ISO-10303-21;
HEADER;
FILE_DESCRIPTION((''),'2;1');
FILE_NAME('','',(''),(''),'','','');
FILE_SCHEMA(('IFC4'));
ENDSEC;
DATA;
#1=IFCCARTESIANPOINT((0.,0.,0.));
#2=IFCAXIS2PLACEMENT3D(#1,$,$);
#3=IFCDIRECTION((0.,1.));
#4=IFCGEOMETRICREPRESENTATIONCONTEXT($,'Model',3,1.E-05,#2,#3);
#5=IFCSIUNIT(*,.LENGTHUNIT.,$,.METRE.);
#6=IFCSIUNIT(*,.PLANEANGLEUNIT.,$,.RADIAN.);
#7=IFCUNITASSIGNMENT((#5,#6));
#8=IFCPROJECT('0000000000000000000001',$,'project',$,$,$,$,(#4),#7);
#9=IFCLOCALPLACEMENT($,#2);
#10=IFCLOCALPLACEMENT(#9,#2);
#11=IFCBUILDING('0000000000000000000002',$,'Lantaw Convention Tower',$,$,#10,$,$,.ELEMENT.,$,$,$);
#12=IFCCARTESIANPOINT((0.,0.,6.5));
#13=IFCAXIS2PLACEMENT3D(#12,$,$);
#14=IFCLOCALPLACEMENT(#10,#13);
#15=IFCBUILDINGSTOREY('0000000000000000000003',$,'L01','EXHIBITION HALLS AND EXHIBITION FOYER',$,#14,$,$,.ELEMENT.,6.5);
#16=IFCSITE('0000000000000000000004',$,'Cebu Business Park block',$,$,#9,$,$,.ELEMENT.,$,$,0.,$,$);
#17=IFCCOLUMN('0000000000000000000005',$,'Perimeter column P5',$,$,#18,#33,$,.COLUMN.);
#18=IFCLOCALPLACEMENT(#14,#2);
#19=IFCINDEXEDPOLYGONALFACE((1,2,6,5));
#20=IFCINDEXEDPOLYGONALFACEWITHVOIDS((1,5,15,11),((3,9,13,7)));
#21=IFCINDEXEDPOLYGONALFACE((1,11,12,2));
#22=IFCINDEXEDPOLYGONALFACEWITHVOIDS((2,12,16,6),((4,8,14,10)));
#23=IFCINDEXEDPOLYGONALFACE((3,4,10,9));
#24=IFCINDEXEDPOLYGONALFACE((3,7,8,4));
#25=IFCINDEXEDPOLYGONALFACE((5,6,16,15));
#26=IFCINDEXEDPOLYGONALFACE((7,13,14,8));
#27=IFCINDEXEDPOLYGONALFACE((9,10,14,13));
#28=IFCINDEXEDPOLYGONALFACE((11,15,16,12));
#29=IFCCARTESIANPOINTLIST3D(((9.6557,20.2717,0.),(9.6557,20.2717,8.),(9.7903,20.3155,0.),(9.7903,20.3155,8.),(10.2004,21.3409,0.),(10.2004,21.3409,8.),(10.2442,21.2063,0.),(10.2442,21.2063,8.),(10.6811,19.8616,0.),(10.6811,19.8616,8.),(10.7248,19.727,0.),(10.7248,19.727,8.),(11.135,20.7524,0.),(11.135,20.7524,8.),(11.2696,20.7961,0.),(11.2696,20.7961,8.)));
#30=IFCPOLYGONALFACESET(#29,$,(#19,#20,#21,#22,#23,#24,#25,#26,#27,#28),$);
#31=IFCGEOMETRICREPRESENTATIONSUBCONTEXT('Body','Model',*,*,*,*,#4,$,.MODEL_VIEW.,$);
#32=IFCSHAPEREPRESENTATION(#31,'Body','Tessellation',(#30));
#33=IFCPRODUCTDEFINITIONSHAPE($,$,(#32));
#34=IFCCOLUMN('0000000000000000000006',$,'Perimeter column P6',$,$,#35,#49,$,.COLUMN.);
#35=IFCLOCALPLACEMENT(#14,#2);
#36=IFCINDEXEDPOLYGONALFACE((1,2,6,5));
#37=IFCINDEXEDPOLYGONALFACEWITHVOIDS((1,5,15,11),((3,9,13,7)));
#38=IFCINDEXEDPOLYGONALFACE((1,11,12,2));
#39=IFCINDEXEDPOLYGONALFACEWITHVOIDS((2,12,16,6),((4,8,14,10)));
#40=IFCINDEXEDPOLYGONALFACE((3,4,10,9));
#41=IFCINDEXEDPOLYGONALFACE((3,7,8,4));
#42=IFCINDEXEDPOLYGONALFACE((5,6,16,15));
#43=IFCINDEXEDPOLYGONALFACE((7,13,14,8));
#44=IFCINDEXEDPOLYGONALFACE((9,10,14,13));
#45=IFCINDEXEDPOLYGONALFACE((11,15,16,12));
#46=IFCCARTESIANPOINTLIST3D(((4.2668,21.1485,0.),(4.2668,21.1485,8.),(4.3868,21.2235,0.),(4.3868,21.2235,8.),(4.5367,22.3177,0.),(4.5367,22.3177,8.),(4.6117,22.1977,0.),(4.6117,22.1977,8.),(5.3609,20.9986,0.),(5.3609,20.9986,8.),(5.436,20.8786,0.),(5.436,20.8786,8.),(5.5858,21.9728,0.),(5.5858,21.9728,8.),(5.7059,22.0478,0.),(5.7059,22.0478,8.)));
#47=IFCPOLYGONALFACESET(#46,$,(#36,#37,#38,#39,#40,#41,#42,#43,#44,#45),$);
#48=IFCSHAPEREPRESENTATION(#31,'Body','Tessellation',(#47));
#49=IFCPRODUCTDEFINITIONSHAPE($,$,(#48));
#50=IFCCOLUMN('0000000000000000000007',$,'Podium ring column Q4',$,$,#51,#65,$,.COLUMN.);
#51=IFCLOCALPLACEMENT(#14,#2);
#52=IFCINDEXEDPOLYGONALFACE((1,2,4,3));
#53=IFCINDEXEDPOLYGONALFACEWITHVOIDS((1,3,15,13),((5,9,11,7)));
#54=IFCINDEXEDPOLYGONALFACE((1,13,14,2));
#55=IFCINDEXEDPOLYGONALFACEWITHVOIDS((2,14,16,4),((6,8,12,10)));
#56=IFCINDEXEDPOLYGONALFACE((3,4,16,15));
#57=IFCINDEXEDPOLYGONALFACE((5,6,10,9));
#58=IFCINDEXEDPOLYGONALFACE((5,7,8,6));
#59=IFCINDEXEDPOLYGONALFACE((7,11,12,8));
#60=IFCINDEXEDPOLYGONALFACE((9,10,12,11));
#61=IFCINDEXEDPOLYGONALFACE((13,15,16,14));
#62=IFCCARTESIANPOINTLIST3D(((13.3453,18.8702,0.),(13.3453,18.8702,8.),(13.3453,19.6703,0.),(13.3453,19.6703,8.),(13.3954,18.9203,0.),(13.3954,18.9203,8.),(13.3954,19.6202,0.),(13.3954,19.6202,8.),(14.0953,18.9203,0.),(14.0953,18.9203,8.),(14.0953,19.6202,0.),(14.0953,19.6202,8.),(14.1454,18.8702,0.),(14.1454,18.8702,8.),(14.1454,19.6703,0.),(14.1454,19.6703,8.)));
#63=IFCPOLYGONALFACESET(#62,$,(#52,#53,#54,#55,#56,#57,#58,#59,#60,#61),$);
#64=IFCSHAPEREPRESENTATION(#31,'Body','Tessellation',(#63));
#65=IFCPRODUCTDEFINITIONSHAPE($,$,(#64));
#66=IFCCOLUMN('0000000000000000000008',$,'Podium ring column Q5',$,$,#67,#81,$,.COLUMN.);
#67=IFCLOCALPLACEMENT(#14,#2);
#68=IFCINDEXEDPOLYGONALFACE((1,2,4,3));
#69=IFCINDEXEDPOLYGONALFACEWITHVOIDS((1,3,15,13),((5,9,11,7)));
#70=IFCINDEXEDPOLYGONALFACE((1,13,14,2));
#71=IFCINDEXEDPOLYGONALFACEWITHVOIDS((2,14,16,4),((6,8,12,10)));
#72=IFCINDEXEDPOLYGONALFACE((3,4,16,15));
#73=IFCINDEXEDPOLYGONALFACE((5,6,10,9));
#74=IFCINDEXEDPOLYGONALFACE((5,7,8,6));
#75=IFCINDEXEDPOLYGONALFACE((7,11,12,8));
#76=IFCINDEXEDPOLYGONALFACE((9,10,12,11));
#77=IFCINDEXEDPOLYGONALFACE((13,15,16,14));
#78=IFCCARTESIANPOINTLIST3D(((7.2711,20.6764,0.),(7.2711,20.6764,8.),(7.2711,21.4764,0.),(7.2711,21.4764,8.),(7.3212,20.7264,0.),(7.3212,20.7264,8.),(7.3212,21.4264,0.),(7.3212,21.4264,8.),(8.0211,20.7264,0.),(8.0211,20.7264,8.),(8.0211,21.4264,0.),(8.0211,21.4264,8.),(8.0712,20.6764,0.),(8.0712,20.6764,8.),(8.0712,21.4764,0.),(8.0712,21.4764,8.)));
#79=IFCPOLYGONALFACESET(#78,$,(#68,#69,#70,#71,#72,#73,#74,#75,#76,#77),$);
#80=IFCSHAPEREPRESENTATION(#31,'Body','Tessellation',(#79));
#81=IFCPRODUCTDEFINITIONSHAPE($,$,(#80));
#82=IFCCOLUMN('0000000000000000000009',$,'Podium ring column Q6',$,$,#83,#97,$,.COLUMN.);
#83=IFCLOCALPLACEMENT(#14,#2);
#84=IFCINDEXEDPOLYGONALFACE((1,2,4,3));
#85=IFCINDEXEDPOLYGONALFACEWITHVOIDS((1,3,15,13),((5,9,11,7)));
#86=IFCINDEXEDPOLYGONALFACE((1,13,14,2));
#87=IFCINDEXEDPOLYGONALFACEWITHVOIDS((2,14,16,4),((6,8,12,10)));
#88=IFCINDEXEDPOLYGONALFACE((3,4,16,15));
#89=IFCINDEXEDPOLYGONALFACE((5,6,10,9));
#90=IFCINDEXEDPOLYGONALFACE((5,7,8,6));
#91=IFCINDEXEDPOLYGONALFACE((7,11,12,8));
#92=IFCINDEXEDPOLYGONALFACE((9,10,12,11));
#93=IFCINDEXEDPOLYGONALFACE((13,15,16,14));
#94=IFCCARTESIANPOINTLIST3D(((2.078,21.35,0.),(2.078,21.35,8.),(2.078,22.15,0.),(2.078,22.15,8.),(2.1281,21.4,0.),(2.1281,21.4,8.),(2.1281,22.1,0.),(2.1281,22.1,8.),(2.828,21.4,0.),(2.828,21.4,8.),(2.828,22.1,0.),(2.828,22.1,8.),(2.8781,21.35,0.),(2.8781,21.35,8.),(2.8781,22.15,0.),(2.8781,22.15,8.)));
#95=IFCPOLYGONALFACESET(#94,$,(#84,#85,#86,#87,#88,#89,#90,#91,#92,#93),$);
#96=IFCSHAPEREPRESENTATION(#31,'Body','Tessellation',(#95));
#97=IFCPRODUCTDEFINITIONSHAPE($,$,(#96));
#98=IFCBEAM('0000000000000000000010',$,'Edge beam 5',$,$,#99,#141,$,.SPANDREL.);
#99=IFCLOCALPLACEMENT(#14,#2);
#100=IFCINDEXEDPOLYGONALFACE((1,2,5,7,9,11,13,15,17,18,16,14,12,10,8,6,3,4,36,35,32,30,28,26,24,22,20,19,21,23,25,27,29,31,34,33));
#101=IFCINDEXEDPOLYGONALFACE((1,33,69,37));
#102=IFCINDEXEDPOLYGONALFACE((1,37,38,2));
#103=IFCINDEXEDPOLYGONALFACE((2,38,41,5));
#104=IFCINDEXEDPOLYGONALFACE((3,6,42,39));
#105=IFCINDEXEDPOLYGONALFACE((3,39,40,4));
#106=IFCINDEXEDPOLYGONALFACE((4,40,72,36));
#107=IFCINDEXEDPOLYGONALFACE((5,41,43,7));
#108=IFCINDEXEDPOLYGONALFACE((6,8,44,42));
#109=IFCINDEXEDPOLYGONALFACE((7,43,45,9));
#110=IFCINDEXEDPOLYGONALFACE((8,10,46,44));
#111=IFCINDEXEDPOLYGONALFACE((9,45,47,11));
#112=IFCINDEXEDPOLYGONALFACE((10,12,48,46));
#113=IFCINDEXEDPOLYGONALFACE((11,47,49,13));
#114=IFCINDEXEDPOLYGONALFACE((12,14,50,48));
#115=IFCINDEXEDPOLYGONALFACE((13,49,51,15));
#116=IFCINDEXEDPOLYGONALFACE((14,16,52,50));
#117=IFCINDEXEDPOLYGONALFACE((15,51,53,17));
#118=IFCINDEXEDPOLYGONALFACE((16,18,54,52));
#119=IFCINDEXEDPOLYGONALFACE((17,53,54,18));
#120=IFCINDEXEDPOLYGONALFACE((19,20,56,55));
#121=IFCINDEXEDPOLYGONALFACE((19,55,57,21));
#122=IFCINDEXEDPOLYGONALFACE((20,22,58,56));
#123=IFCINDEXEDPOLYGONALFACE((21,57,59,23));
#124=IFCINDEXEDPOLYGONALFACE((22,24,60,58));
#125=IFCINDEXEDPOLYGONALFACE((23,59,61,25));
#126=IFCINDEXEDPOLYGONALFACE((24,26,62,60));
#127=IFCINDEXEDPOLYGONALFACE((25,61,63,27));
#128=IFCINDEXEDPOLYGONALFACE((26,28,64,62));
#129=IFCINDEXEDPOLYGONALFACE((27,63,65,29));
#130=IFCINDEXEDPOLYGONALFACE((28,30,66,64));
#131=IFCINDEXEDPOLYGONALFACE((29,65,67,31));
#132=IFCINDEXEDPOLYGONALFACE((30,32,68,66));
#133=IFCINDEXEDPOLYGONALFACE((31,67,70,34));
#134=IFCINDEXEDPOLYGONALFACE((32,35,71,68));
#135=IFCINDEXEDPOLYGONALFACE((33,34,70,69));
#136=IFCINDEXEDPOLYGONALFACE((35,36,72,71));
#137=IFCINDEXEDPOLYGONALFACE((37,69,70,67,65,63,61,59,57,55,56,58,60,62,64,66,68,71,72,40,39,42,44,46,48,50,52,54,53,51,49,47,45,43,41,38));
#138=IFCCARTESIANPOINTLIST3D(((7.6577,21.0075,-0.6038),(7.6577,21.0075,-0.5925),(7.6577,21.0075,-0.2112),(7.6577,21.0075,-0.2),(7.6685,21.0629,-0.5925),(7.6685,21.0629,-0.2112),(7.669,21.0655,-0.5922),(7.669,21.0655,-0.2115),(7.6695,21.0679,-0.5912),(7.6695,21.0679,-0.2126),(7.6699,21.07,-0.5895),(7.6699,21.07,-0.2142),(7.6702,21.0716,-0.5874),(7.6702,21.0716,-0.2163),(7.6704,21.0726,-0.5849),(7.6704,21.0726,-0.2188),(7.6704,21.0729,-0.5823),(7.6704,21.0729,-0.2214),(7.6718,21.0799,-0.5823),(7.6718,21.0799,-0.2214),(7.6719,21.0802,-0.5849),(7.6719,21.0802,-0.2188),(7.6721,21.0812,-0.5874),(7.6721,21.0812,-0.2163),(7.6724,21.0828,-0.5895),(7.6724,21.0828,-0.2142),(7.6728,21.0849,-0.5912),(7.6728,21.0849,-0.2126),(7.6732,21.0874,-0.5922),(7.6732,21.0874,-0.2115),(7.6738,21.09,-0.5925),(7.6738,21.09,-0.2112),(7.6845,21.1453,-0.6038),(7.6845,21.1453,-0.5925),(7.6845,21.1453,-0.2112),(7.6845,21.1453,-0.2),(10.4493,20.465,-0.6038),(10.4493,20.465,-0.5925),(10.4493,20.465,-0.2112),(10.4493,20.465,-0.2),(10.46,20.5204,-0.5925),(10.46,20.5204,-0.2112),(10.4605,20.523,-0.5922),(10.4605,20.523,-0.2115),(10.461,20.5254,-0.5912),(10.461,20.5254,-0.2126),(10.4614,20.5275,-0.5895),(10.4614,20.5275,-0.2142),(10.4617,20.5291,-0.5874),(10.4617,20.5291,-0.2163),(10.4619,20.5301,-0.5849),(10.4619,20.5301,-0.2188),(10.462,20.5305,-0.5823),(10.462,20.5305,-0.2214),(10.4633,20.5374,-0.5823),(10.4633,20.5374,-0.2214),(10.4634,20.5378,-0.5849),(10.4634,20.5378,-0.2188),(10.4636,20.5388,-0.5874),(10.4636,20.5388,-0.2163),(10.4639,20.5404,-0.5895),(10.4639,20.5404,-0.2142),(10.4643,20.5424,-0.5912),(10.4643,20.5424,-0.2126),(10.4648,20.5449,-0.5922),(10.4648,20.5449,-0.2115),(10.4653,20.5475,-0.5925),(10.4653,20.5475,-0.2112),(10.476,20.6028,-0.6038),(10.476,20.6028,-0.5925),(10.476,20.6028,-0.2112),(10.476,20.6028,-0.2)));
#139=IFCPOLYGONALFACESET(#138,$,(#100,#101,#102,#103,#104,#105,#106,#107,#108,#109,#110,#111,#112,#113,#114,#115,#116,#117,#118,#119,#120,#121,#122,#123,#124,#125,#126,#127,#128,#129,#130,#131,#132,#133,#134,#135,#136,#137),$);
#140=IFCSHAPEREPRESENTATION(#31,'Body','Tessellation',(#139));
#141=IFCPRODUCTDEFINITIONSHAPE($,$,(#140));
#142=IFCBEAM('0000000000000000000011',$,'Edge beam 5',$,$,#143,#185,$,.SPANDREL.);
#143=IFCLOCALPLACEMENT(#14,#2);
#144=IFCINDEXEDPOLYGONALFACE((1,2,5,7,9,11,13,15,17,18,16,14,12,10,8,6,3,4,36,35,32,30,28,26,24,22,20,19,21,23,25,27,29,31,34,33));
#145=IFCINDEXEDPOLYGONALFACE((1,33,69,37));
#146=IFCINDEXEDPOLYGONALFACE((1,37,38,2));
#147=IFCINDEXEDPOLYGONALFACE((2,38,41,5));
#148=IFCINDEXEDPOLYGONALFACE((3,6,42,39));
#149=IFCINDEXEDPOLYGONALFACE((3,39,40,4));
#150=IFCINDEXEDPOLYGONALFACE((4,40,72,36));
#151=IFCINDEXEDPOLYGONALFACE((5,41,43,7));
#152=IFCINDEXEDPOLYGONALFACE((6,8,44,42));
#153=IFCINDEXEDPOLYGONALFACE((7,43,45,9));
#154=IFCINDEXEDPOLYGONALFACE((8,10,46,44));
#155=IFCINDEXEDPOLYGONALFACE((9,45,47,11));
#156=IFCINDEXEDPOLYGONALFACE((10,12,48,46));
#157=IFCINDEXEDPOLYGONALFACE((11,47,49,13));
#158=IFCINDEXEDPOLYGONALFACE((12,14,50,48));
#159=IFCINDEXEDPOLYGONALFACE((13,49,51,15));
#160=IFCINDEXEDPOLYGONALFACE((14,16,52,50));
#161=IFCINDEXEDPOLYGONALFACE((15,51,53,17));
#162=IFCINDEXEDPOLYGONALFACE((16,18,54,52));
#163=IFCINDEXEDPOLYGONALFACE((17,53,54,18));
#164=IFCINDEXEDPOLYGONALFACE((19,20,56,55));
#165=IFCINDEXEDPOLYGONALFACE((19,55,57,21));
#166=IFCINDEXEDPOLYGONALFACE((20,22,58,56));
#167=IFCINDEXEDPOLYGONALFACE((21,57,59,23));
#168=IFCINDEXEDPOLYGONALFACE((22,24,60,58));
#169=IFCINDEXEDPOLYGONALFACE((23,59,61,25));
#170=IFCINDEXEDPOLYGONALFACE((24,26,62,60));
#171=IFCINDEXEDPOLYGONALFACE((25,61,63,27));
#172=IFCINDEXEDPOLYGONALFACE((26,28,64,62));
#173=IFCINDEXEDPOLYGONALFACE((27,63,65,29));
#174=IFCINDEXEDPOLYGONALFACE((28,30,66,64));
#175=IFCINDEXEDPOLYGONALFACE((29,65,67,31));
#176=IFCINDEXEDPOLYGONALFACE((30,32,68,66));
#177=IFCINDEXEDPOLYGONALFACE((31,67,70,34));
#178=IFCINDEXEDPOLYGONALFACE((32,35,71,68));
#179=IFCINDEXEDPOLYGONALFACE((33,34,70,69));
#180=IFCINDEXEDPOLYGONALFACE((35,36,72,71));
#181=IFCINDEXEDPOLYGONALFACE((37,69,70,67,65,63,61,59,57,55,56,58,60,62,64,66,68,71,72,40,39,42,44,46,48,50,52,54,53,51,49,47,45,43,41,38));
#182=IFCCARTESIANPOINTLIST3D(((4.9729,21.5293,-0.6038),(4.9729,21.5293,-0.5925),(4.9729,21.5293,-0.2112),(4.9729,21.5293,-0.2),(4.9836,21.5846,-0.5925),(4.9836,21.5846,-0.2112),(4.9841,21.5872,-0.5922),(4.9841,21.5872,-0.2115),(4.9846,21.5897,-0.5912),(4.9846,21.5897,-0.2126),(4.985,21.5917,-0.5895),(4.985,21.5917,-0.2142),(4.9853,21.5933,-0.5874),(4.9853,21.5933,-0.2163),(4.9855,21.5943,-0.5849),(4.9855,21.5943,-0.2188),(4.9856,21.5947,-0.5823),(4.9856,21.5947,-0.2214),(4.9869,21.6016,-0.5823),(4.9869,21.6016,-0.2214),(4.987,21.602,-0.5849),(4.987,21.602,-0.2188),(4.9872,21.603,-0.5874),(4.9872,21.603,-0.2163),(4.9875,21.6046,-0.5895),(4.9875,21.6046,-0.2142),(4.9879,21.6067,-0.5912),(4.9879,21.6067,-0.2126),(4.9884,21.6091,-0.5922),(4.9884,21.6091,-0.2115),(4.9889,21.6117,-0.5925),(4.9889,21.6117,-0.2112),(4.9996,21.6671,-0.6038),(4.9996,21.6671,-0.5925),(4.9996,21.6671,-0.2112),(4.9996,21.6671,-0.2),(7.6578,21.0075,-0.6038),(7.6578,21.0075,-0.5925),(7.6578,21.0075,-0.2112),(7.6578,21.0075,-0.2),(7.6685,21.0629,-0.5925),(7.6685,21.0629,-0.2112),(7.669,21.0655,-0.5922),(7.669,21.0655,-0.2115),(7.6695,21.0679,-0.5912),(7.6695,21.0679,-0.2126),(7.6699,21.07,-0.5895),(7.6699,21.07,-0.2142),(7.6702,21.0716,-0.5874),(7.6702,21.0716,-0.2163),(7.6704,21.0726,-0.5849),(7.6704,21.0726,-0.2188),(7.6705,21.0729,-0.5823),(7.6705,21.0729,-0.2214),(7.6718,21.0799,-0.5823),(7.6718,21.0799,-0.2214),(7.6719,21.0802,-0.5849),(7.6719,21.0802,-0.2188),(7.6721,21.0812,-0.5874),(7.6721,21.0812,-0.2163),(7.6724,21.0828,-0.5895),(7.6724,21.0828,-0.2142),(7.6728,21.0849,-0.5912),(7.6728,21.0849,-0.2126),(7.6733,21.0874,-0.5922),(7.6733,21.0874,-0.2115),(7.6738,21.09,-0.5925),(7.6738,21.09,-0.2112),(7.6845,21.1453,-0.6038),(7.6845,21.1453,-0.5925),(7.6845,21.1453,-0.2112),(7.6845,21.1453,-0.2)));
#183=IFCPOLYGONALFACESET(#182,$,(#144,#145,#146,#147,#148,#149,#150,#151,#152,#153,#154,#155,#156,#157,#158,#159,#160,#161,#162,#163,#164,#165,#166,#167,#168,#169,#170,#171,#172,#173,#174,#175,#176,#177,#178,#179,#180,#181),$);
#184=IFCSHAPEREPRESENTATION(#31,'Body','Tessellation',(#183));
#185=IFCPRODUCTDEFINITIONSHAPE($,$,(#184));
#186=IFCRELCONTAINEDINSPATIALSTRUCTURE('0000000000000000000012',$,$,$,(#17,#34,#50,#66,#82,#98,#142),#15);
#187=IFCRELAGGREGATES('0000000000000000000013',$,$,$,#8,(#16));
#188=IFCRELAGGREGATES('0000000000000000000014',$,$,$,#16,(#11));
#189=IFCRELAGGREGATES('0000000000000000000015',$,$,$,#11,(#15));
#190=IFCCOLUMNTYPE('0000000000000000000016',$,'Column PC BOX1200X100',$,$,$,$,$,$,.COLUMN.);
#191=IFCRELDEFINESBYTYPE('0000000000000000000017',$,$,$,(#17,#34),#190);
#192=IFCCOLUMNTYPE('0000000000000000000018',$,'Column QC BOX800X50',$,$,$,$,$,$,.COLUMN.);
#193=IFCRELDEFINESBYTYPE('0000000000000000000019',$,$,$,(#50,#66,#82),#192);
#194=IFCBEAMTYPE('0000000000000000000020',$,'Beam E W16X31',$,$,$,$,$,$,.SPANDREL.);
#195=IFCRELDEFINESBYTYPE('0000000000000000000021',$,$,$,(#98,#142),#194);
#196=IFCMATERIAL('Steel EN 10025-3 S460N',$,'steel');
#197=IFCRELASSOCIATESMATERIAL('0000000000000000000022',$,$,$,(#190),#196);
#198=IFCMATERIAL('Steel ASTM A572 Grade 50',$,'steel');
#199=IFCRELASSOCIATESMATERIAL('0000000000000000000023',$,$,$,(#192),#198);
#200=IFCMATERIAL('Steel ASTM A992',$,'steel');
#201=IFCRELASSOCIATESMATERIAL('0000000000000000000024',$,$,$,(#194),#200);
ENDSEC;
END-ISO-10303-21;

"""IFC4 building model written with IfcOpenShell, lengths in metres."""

from ifc_helpers import new_model, si_unit, direction, frame, origin, origin_2d, place, context, subcontext, project, spatial, rectangle, hollow_rectangle, i_section, extrude, material, material_profile, profile_set, type_object, element, save


model = new_model("IFC4")

# Units and contexts
model_context = context("Model", 3, precision=1e-05, world=origin(), true_north=direction((0.0, 1.0)))
body_context = subcontext(model_context, "Body", "Model", "MODEL_VIEW")
ifc_project = project(units=[si_unit("LENGTHUNIT", "METRE"), si_unit("PLANEANGLEUNIT", "RADIAN")], contexts=[model_context])

# Site, building, storey
site_placement = place(None, origin())
site = spatial("IfcSite", under=ifc_project, at=site_placement, Name="Cebu Business Park block", CompositionType="ELEMENT", RefElevation=0.0)
building_placement = place(site_placement, origin())
building = spatial("IfcBuilding", under=site, at=building_placement, Name="Lantaw Convention Tower", CompositionType="ELEMENT")
storey_placement = place(building_placement, frame((0.0, 0.0, 6.5)))
storey = spatial("IfcBuildingStorey", under=building, at=storey_placement, Name="L01", Description="EXHIBITION HALLS AND EXHIBITION FOYER", CompositionType="ELEMENT", Elevation=6.5)

# Columns
ifc_material_1 = material(Name="Steel EN 10025-3 S460N", Category="steel")
ifc_material_profile_1 = material_profile(ifc_material_1, hollow_rectangle(XDim=1.2, YDim=1.2, WallThickness=0.1001, at=origin_2d()), Name="BOX1200X100")
ifc_material_2 = material(Name="Concrete C60/75", Category="concrete")
ifc_material_profile_2 = material_profile(ifc_material_2, rectangle(XDim=1.0, YDim=1.0, at=origin_2d()), Name="Concrete fill of BOX1200X100")
ifc_profile_set_1 = profile_set([ifc_material_profile_1, ifc_material_profile_2], Name="Steel EN 10025-3 S460N")
column_type_1 = type_object("IfcColumnType", Name="Column PC BOX1200X100", PredefinedType="COLUMN", material=ifc_profile_set_1)
for number, where, z_axis, x_axis, name in (
    (1, (10.4626, 20.5339, 0.0), (0.0, 0.0, 1.0), (0.45399, 0.891007, 0.0), "Perimeter column P5"),
    (2, (4.9863, 21.5981, 0.0), (0.0, 0.0, 1.0), (0.224951, 0.97437, 0.0), "Perimeter column P6"),
):
    element("IfcColumn", number, at=place(storey_placement, frame(where, z_axis=z_axis, x_axis=x_axis)), inside=storey, type_object=column_type_1, Name=name, PredefinedType="COLUMN", context=body_context, shape_type="SweptSolid", body=[
        extrude(hollow_rectangle(XDim=1.2, YDim=1.2, WallThickness=0.1001, at=origin_2d()), origin(), (0.0, 0.0, 1.0), 8.0),
    ])
ifc_material_3 = material(Name="Steel ASTM A572 Grade 50", Category="steel")
ifc_material_profile_3 = material_profile(ifc_material_3, hollow_rectangle(XDim=0.8, YDim=0.8, WallThickness=0.05, at=origin_2d()), Name="BOX800X50")
ifc_profile_set_2 = profile_set([ifc_material_profile_3], Name="Steel ASTM A572 Grade 50")
column_type_2 = type_object("IfcColumnType", Name="Column QC BOX800X50", PredefinedType="COLUMN", material=ifc_profile_set_2)
for number, where, z_axis, x_axis, name in (
    (3, (13.7454, 19.2703, 0.0), (0.0, 0.0, 1.0), (1.0, 0.0, 0.0), "Podium ring column Q4"),
    (4, (7.6711, 21.0764, 0.0), (0.0, 0.0, 1.0), (1.0, 0.0, 0.0), "Podium ring column Q5"),
    (5, (2.478, 21.75, 0.0), (0.0, 0.0, 1.0), (1.0, 0.0, 0.0), "Podium ring column Q6"),
):
    element("IfcColumn", number, at=place(storey_placement, frame(where, z_axis=z_axis, x_axis=x_axis)), inside=storey, type_object=column_type_2, Name=name, PredefinedType="COLUMN", context=body_context, shape_type="SweptSolid", body=[
        extrude(hollow_rectangle(XDim=0.8, YDim=0.8, WallThickness=0.05, at=origin_2d()), origin(), (0.0, 0.0, 1.0), 8.0),
    ])

# Beams
ifc_material_4 = material(Name="Steel ASTM A992", Category="steel")
ifc_material_profile_4 = material_profile(ifc_material_4, i_section(OverallWidth=0.1404, OverallDepth=0.4038, WebThickness=0.0071, FlangeThickness=0.0112, FilletRadius=0.0103, at=origin_2d()), Name="W16X31")
ifc_profile_set_3 = profile_set([ifc_material_profile_4], Name="Steel ASTM A992")
beam_type_1 = type_object("IfcBeamType", Name="Beam E W16X31", PredefinedType="SPANDREL", material=ifc_profile_set_3)
beam_1_placement = place(storey_placement, frame((10.4626, 20.5339, -0.4019), z_axis=(-0.981636, 0.190764, 0.0), x_axis=(-0.190764, -0.981636, 0.0)))
element("IfcBeam", 6, at=beam_1_placement, inside=storey, type_object=beam_type_1, Name="Edge beam 5", PredefinedType="SPANDREL", context=body_context, shape_type="SweptSolid", body=[
    extrude(i_section(OverallWidth=0.1404, OverallDepth=0.4038, WebThickness=0.0071, FlangeThickness=0.0112, FilletRadius=0.0103, at=origin_2d()), origin(), (0.0, 0.0, 1.0), 2.8438),
])
beam_2_placement = place(storey_placement, frame((7.6711, 21.0764, -0.4019), z_axis=(-0.981637, 0.190757, 0.0), x_axis=(-0.190757, -0.981637, 0.0)))
element("IfcBeam", 7, at=beam_2_placement, inside=storey, type_object=beam_type_1, Name="Edge beam 5", PredefinedType="SPANDREL", context=body_context, shape_type="SweptSolid", body=[
    extrude(i_section(OverallWidth=0.1404, OverallDepth=0.4038, WebThickness=0.0071, FlangeThickness=0.0112, FilletRadius=0.0103, at=origin_2d()), origin(), (0.0, 0.0, 1.0), 2.7351),
])

save(model, "model.ifc")
